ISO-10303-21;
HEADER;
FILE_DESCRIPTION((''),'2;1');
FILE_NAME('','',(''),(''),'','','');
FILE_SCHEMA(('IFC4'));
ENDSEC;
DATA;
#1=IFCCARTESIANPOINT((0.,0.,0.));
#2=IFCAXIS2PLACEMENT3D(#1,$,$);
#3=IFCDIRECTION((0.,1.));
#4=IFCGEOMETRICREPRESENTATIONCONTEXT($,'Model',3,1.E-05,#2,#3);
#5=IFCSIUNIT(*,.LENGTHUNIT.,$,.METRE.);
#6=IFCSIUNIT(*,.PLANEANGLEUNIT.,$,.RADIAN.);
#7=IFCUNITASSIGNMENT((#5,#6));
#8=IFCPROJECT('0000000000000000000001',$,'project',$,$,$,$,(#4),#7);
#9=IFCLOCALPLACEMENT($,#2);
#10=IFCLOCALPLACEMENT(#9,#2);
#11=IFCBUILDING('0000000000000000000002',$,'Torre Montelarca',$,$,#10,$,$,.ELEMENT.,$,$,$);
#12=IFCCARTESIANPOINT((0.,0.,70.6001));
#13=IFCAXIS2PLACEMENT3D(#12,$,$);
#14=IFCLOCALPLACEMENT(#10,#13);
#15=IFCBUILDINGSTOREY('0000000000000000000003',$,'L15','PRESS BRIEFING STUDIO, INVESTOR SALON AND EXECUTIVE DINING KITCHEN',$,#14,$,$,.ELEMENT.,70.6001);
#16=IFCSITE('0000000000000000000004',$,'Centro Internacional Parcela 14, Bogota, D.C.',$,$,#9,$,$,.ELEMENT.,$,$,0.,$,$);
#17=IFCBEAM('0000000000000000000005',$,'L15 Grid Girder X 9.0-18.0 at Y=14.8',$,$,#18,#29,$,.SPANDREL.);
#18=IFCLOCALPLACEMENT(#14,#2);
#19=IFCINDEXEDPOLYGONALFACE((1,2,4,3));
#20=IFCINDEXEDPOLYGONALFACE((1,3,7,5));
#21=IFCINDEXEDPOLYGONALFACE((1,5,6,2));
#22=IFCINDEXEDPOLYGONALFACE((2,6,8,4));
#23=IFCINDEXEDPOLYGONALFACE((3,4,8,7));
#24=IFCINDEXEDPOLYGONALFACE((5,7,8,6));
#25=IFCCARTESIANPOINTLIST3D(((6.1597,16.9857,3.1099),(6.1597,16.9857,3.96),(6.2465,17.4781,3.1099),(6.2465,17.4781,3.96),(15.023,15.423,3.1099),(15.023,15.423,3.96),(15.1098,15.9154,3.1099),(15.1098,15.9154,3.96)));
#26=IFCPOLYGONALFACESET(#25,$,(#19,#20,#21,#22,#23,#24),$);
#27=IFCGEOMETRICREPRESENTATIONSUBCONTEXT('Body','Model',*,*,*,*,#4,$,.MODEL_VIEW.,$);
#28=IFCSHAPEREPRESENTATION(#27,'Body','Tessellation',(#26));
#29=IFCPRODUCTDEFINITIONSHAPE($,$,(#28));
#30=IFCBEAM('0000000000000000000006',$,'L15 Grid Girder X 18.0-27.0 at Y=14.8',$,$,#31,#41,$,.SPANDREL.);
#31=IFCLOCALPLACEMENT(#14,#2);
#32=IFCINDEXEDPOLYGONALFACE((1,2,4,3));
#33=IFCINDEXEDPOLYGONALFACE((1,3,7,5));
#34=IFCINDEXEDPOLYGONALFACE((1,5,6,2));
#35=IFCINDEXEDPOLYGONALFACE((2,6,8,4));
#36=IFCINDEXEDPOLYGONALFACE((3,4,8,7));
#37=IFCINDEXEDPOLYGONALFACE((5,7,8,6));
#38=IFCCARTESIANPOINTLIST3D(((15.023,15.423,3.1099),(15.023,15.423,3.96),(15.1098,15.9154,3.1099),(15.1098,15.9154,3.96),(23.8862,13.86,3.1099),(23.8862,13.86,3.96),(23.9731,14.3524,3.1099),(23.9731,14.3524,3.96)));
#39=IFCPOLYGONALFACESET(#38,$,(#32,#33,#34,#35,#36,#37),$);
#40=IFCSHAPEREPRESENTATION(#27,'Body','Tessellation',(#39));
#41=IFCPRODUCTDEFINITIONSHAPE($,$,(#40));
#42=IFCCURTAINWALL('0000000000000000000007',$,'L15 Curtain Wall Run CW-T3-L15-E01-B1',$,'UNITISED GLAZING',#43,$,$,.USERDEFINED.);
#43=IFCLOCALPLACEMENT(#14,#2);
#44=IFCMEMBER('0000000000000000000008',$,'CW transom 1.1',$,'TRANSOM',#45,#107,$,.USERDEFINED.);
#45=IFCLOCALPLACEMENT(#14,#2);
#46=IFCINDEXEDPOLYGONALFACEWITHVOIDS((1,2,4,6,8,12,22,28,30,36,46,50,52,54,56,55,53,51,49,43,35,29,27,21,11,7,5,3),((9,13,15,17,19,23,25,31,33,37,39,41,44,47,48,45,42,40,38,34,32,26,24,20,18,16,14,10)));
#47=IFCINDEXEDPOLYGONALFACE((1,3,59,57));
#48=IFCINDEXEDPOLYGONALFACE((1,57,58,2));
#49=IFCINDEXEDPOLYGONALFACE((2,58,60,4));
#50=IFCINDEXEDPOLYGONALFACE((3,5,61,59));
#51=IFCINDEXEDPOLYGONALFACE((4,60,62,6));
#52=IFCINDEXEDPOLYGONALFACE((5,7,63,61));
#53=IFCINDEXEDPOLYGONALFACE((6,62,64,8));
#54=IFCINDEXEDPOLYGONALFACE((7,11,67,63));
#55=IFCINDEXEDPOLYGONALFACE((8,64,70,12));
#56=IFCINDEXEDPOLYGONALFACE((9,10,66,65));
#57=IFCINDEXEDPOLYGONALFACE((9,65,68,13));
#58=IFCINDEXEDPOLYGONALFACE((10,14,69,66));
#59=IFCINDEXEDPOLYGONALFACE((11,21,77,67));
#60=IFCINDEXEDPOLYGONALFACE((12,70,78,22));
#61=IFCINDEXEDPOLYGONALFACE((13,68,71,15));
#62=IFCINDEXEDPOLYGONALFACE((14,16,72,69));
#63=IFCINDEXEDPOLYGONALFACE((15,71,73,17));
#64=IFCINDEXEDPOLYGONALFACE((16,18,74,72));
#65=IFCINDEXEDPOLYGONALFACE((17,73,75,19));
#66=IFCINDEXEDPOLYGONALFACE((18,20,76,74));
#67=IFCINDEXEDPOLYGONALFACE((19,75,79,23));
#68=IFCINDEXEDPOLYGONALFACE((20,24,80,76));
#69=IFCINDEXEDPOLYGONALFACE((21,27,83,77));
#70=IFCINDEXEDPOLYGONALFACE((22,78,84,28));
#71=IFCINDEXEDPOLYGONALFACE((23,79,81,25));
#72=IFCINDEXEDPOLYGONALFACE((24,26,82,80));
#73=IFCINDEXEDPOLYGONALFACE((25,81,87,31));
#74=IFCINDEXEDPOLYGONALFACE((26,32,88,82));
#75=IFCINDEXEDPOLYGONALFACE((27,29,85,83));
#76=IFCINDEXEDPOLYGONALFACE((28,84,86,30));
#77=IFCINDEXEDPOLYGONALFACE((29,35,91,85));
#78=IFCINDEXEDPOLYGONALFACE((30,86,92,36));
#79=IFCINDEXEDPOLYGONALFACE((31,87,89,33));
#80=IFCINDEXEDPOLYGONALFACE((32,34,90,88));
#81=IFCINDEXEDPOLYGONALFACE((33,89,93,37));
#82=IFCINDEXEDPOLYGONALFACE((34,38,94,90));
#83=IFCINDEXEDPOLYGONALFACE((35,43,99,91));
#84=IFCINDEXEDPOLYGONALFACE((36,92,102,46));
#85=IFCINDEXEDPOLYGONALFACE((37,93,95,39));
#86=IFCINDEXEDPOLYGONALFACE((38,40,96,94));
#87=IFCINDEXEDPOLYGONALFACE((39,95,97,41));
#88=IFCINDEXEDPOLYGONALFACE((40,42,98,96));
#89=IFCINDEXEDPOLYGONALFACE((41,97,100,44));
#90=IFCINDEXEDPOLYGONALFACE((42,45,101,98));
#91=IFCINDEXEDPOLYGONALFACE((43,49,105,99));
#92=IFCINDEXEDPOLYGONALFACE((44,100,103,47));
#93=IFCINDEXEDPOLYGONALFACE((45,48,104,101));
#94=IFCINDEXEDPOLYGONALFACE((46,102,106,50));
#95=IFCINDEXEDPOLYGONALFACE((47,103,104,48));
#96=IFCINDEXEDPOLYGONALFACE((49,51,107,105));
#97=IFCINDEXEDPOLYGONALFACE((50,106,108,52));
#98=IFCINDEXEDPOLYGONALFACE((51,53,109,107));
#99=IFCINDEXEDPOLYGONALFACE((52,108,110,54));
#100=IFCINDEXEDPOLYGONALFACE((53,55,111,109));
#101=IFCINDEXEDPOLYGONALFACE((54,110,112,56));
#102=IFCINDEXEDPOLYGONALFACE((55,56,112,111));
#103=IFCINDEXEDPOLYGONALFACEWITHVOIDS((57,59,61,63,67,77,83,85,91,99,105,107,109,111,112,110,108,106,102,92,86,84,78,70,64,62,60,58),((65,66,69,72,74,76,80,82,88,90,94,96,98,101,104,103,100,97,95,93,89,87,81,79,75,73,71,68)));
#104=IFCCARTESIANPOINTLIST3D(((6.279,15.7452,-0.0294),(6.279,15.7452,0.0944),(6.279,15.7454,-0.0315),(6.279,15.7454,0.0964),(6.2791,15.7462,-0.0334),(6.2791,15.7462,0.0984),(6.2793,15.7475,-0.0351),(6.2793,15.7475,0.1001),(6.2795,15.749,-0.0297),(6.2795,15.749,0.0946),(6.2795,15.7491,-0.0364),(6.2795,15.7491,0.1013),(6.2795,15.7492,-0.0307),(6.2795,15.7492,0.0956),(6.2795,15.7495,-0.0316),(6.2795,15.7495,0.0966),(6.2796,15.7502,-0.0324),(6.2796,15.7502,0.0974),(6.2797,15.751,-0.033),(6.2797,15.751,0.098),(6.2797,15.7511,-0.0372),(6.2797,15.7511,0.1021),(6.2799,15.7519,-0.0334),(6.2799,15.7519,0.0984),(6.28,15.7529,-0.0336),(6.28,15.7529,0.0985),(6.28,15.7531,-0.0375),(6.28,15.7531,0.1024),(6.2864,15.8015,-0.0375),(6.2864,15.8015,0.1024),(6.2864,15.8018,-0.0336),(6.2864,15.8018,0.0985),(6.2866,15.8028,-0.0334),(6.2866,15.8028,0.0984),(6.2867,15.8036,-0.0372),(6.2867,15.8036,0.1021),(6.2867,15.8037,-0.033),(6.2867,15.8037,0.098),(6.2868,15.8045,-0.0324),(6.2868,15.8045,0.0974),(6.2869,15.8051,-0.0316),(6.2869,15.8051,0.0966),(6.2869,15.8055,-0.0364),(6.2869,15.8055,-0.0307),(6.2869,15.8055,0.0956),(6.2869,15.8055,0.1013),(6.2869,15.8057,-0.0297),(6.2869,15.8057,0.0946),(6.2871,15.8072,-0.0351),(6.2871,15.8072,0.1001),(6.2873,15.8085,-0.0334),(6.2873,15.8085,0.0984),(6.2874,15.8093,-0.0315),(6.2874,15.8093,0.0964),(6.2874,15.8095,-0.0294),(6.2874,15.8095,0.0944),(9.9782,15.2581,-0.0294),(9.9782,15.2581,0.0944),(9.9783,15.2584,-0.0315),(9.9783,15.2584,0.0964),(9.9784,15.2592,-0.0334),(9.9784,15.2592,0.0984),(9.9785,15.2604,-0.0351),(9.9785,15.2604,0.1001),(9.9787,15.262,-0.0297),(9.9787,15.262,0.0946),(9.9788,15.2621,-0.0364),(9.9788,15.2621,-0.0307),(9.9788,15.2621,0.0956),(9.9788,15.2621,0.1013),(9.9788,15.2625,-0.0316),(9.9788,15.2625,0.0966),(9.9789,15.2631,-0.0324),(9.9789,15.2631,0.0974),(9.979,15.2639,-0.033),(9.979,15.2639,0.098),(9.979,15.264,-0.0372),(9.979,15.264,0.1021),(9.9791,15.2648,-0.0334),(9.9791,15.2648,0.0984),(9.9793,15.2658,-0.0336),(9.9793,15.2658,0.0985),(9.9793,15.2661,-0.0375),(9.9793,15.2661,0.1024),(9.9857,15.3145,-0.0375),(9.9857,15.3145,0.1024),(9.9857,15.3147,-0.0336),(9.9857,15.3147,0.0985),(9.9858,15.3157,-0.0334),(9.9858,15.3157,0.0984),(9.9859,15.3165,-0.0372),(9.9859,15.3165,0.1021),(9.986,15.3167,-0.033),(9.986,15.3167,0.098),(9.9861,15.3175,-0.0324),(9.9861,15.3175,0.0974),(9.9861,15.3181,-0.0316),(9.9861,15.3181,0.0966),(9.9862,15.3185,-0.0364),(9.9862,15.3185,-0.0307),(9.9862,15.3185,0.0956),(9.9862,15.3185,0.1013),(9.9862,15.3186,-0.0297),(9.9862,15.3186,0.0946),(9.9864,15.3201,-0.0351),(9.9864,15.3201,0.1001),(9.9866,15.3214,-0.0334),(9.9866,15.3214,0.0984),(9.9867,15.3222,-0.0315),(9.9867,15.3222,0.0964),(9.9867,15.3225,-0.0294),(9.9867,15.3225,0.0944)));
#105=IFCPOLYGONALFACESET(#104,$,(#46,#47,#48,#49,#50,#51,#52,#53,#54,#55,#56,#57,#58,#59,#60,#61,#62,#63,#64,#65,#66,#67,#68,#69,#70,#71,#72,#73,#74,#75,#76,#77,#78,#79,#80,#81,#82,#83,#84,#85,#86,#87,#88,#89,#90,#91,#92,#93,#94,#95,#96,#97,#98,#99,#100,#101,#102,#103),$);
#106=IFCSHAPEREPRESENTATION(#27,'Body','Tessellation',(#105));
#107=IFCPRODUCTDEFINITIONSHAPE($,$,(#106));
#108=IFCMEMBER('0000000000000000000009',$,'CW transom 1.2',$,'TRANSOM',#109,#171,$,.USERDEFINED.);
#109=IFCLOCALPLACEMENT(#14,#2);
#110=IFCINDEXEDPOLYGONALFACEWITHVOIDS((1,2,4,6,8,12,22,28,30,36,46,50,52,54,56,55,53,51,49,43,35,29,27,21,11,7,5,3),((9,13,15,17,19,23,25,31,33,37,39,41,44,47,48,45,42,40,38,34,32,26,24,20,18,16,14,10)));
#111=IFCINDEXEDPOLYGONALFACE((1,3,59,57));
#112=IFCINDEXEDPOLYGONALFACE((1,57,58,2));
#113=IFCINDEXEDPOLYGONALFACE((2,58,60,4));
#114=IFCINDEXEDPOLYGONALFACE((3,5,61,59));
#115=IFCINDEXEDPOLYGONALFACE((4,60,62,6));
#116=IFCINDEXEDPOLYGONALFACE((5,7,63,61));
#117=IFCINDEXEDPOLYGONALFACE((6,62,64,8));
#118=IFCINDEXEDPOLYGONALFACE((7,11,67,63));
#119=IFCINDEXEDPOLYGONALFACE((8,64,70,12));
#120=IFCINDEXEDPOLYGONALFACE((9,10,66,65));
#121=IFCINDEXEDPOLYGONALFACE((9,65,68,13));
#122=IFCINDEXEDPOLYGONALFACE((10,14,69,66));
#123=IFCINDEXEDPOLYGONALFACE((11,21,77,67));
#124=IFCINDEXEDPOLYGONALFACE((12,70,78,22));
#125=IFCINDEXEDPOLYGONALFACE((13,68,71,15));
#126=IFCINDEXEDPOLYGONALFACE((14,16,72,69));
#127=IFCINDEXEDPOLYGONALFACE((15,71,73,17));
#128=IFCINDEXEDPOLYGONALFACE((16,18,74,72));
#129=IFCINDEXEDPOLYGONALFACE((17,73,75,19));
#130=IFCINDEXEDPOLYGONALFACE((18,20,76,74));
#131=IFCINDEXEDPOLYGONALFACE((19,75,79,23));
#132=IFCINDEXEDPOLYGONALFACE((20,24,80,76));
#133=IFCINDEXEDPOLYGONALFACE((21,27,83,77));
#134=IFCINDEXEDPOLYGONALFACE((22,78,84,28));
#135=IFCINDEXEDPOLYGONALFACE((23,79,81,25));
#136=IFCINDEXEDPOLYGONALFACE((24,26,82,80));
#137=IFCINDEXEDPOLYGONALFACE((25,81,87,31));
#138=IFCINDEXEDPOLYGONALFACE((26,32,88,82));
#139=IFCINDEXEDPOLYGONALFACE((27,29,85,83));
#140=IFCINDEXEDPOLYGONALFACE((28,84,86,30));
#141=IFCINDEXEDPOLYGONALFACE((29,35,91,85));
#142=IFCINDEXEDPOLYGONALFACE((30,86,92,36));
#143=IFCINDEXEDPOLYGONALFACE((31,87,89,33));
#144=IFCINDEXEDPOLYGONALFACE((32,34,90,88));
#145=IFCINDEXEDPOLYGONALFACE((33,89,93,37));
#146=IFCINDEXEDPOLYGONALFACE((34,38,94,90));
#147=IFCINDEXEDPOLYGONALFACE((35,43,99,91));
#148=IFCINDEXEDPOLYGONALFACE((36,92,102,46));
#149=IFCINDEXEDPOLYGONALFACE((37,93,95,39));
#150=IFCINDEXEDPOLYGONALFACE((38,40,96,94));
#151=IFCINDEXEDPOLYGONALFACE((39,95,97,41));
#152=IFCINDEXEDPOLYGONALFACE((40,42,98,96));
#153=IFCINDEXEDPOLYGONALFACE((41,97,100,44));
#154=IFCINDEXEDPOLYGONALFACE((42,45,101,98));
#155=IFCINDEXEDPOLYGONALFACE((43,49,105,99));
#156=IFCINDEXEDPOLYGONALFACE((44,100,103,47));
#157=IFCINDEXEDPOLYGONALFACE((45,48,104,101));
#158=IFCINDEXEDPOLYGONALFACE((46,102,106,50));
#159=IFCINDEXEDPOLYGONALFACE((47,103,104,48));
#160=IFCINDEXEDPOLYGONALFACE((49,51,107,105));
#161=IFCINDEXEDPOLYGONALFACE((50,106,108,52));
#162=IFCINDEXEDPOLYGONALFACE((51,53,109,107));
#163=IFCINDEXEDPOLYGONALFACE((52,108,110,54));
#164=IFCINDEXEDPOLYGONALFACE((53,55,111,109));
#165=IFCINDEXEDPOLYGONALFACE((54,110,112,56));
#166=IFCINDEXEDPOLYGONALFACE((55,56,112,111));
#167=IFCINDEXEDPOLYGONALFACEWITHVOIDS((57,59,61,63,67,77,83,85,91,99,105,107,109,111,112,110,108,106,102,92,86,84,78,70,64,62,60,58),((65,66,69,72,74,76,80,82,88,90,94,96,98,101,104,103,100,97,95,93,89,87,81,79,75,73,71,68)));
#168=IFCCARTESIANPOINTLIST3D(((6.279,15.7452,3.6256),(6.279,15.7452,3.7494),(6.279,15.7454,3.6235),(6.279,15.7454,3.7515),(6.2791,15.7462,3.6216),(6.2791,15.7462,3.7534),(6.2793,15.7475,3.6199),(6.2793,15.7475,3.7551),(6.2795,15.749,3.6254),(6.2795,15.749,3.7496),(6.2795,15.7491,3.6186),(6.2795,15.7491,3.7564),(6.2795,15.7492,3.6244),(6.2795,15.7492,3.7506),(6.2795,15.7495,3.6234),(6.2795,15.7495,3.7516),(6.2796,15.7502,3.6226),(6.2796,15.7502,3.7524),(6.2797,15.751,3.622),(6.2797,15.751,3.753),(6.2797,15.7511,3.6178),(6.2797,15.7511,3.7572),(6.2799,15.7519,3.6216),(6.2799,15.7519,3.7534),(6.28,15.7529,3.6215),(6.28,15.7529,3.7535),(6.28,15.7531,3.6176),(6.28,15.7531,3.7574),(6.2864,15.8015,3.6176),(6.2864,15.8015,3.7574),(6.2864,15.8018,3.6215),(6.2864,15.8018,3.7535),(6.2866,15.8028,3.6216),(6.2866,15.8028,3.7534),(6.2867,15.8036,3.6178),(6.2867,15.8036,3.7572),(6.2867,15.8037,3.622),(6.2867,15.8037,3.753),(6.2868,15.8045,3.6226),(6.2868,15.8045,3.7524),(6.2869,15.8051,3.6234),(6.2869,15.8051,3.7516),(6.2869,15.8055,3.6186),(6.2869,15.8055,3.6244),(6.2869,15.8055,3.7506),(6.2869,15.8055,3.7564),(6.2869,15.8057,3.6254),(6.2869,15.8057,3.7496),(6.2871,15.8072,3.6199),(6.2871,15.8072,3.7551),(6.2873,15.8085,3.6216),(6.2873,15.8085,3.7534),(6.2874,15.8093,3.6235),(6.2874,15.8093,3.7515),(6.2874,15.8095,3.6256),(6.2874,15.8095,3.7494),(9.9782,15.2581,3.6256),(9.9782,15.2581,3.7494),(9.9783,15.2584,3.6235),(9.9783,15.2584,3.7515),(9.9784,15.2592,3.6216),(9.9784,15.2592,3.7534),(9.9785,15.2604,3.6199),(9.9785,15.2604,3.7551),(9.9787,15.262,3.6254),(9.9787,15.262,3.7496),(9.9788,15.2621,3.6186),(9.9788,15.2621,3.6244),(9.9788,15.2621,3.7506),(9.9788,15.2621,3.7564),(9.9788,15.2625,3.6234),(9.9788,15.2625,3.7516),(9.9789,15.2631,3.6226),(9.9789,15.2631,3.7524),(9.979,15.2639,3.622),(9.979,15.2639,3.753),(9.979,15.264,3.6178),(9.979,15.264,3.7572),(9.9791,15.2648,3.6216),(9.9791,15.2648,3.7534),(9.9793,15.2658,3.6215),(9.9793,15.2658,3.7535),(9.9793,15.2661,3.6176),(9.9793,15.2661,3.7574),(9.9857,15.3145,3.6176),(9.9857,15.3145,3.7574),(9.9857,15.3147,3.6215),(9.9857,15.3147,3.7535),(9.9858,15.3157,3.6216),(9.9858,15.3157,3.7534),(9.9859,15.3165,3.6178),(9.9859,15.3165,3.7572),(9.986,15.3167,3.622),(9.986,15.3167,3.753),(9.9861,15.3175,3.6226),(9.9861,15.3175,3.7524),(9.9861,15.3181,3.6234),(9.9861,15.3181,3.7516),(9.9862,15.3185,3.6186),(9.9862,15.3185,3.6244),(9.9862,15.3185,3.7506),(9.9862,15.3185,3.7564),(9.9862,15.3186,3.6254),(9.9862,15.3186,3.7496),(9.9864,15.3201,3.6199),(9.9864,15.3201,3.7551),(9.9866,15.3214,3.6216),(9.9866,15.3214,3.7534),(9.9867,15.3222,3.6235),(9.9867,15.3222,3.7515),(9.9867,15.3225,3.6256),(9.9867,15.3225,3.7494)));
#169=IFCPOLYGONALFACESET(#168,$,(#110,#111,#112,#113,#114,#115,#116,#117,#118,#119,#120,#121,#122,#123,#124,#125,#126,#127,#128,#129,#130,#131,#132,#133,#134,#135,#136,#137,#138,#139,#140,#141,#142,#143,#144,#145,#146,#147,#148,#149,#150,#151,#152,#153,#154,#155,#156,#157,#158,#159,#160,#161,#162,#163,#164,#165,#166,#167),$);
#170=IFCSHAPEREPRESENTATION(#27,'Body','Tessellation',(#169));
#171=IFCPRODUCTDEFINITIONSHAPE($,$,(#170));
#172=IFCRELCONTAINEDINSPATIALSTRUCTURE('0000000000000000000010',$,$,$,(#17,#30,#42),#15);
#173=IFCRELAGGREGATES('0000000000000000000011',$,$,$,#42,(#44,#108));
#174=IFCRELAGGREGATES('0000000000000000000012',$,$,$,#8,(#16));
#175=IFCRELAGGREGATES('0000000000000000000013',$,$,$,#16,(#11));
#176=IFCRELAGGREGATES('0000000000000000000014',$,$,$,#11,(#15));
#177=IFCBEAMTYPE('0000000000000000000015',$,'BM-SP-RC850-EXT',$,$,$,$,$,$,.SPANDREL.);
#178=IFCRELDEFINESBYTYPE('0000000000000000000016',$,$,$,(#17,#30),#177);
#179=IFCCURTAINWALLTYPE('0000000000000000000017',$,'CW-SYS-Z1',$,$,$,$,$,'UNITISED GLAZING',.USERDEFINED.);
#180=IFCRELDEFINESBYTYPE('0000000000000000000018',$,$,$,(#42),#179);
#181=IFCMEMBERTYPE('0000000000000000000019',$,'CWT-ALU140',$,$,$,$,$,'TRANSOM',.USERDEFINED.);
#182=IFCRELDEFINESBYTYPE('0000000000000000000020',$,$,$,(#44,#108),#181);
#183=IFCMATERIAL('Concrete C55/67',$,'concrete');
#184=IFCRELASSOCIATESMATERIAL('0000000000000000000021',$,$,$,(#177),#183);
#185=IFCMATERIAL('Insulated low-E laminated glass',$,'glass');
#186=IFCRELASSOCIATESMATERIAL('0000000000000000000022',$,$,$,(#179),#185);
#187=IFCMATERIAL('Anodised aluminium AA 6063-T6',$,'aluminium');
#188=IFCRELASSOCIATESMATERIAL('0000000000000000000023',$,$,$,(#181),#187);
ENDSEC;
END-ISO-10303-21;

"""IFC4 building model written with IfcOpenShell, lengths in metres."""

from ifc_helpers import new_model, si_unit, direction, frame, origin, origin_2d, place, context, subcontext, project, spatial, rectangle, hollow_rectangle, extrude, source, transform, mapped, material, material_profile, profile_set, type_object, element, aggregate, save


model = new_model("IFC4")

# Units and contexts
model_context = context("Model", 3, precision=1e-05, world=origin(), true_north=direction((0.0, 1.0)))
body_context = subcontext(model_context, "Body", "Model", "MODEL_VIEW")
ifc_project = project(units=[si_unit("LENGTHUNIT", "METRE"), si_unit("PLANEANGLEUNIT", "RADIAN")], contexts=[model_context])

# Site, building, storey
site_placement = place(None, origin())
site = spatial("IfcSite", under=ifc_project, at=site_placement, Name="Centro Internacional Parcela 14, Bogota, D.C.", CompositionType="ELEMENT", RefElevation=0.0)
building_placement = place(site_placement, origin())
building = spatial("IfcBuilding", under=site, at=building_placement, Name="Torre Montelarca", CompositionType="ELEMENT")
storey_placement = place(building_placement, frame((0.0, 0.0, 70.6001)))
storey = spatial("IfcBuildingStorey", under=building, at=storey_placement, Name="L15", Description="PRESS BRIEFING STUDIO, INVESTOR SALON AND EXECUTIVE DINING KITCHEN", CompositionType="ELEMENT", Elevation=70.6001)

# Beams
ifc_material_1 = material(Name="Concrete C55/67", Category="concrete")
ifc_material_profile_1 = material_profile(ifc_material_1, rectangle(XDim=0.5, YDim=0.8501, at=origin_2d()), Name="RCB500X850", Category="concrete")
ifc_profile_set_1 = profile_set([ifc_material_profile_1], Name="Concrete C55/67")
beam_type = type_object("IfcBeamType", Name="BM-SP-RC850-EXT", PredefinedType="SPANDREL", material=ifc_profile_set_1)
shared_shape_1 = source(origin(), body_context, "Body", "SweptSolid", [
    extrude(rectangle(XDim=0.5, YDim=0.8501, at=origin_2d()), origin(), (0.0, 0.0, 1.0), 9.0),
])
for number, where, z_axis, x_axis, name in (
    (1, (6.2031, 17.2319, 3.5349), (0.984809, -0.173638, 0.0), (0.173638, 0.984809, 0.0), "L15 Grid Girder X 9.0-18.0 at Y=14.8"),
    (2, (15.0664, 15.6692, 3.5349), (0.984805, -0.173665, 0.0), (0.173665, 0.984805, 0.0), "L15 Grid Girder X 18.0-27.0 at Y=14.8"),
):
    element("IfcBeam", number, at=place(storey_placement, frame(where, z_axis=z_axis, x_axis=x_axis)), inside=storey, type_object=beam_type, Name=name, PredefinedType="SPANDREL", context=body_context, shape_type="MappedRepresentation", body=[
        mapped(shared_shape_1, transform((0.0, 0.0, 0.0), scale=1.0)),
    ])

# Curtain wall, members
ifc_material_2 = material(Name="Insulated low-E laminated glass", Category="glass")
curtain_wall_type = type_object("IfcCurtainWallType", Name="CW-SYS-Z1", ElementType="UNITISED GLAZING", PredefinedType="USERDEFINED", material=ifc_material_2)
curtain_wall_1_placement = place(storey_placement, origin())
curtain_wall_1 = element("IfcCurtainWall", 3, at=curtain_wall_1_placement, inside=storey, type_object=curtain_wall_type, Name="L15 Curtain Wall Run CW-T3-L15-E01-B1", ObjectType="UNITISED GLAZING", PredefinedType="USERDEFINED")
ifc_material_3 = material(Name="Anodised aluminium AA 6063-T6", Category="aluminium")
ifc_material_profile_2 = material_profile(ifc_material_3, hollow_rectangle(XDim=0.0649, YDim=0.1399, WallThickness=0.0039, InnerFilletRadius=0.0039, OuterFilletRadius=0.0081, at=origin_2d()), Name="ALU65X140X4", Category="aluminium")
ifc_profile_set_2 = profile_set([ifc_material_profile_2], Name="Anodised aluminium AA 6063-T6")
member_type_1 = type_object("IfcMemberType", Name="CWT-ALU140", ElementType="TRANSOM", PredefinedType="USERDEFINED", material=ifc_profile_set_2)
shared_shape_2 = source(origin(), body_context, "Body", "SweptSolid", [
    extrude(hollow_rectangle(XDim=0.0649, YDim=0.1399, WallThickness=0.0039, InnerFilletRadius=0.0039, OuterFilletRadius=0.0081, at=origin_2d()), origin(), (0.0, 0.0, 1.0), 3.7312),
])
member_1_placement = place(storey_placement, frame((6.2832, 15.7773, 0.0325), z_axis=(0.991443, -0.130539, 0.0), x_axis=(0.130539, 0.991443, 0.0)))
member_1 = element("IfcMember", 4, at=member_1_placement, type_object=member_type_1, Name="CW transom 1.1", ObjectType="TRANSOM", PredefinedType="USERDEFINED", context=body_context, shape_type="MappedRepresentation", body=[
    mapped(shared_shape_2, transform((0.0, 0.0, 0.0), scale=1.0)),
])
member_2_placement = place(storey_placement, frame((6.2832, 15.7773, 3.6875), z_axis=(0.991443, -0.130539, 0.0), x_axis=(0.130539, 0.991443, 0.0)))
member_2 = element("IfcMember", 5, at=member_2_placement, type_object=member_type_1, Name="CW transom 1.2", ObjectType="TRANSOM", PredefinedType="USERDEFINED", context=body_context, shape_type="MappedRepresentation", body=[
    mapped(shared_shape_2, transform((0.0, 0.0, 0.0), scale=1.0)),
])

aggregate(curtain_wall_1, [member_1, member_2])

save(model, "model.ifc")
